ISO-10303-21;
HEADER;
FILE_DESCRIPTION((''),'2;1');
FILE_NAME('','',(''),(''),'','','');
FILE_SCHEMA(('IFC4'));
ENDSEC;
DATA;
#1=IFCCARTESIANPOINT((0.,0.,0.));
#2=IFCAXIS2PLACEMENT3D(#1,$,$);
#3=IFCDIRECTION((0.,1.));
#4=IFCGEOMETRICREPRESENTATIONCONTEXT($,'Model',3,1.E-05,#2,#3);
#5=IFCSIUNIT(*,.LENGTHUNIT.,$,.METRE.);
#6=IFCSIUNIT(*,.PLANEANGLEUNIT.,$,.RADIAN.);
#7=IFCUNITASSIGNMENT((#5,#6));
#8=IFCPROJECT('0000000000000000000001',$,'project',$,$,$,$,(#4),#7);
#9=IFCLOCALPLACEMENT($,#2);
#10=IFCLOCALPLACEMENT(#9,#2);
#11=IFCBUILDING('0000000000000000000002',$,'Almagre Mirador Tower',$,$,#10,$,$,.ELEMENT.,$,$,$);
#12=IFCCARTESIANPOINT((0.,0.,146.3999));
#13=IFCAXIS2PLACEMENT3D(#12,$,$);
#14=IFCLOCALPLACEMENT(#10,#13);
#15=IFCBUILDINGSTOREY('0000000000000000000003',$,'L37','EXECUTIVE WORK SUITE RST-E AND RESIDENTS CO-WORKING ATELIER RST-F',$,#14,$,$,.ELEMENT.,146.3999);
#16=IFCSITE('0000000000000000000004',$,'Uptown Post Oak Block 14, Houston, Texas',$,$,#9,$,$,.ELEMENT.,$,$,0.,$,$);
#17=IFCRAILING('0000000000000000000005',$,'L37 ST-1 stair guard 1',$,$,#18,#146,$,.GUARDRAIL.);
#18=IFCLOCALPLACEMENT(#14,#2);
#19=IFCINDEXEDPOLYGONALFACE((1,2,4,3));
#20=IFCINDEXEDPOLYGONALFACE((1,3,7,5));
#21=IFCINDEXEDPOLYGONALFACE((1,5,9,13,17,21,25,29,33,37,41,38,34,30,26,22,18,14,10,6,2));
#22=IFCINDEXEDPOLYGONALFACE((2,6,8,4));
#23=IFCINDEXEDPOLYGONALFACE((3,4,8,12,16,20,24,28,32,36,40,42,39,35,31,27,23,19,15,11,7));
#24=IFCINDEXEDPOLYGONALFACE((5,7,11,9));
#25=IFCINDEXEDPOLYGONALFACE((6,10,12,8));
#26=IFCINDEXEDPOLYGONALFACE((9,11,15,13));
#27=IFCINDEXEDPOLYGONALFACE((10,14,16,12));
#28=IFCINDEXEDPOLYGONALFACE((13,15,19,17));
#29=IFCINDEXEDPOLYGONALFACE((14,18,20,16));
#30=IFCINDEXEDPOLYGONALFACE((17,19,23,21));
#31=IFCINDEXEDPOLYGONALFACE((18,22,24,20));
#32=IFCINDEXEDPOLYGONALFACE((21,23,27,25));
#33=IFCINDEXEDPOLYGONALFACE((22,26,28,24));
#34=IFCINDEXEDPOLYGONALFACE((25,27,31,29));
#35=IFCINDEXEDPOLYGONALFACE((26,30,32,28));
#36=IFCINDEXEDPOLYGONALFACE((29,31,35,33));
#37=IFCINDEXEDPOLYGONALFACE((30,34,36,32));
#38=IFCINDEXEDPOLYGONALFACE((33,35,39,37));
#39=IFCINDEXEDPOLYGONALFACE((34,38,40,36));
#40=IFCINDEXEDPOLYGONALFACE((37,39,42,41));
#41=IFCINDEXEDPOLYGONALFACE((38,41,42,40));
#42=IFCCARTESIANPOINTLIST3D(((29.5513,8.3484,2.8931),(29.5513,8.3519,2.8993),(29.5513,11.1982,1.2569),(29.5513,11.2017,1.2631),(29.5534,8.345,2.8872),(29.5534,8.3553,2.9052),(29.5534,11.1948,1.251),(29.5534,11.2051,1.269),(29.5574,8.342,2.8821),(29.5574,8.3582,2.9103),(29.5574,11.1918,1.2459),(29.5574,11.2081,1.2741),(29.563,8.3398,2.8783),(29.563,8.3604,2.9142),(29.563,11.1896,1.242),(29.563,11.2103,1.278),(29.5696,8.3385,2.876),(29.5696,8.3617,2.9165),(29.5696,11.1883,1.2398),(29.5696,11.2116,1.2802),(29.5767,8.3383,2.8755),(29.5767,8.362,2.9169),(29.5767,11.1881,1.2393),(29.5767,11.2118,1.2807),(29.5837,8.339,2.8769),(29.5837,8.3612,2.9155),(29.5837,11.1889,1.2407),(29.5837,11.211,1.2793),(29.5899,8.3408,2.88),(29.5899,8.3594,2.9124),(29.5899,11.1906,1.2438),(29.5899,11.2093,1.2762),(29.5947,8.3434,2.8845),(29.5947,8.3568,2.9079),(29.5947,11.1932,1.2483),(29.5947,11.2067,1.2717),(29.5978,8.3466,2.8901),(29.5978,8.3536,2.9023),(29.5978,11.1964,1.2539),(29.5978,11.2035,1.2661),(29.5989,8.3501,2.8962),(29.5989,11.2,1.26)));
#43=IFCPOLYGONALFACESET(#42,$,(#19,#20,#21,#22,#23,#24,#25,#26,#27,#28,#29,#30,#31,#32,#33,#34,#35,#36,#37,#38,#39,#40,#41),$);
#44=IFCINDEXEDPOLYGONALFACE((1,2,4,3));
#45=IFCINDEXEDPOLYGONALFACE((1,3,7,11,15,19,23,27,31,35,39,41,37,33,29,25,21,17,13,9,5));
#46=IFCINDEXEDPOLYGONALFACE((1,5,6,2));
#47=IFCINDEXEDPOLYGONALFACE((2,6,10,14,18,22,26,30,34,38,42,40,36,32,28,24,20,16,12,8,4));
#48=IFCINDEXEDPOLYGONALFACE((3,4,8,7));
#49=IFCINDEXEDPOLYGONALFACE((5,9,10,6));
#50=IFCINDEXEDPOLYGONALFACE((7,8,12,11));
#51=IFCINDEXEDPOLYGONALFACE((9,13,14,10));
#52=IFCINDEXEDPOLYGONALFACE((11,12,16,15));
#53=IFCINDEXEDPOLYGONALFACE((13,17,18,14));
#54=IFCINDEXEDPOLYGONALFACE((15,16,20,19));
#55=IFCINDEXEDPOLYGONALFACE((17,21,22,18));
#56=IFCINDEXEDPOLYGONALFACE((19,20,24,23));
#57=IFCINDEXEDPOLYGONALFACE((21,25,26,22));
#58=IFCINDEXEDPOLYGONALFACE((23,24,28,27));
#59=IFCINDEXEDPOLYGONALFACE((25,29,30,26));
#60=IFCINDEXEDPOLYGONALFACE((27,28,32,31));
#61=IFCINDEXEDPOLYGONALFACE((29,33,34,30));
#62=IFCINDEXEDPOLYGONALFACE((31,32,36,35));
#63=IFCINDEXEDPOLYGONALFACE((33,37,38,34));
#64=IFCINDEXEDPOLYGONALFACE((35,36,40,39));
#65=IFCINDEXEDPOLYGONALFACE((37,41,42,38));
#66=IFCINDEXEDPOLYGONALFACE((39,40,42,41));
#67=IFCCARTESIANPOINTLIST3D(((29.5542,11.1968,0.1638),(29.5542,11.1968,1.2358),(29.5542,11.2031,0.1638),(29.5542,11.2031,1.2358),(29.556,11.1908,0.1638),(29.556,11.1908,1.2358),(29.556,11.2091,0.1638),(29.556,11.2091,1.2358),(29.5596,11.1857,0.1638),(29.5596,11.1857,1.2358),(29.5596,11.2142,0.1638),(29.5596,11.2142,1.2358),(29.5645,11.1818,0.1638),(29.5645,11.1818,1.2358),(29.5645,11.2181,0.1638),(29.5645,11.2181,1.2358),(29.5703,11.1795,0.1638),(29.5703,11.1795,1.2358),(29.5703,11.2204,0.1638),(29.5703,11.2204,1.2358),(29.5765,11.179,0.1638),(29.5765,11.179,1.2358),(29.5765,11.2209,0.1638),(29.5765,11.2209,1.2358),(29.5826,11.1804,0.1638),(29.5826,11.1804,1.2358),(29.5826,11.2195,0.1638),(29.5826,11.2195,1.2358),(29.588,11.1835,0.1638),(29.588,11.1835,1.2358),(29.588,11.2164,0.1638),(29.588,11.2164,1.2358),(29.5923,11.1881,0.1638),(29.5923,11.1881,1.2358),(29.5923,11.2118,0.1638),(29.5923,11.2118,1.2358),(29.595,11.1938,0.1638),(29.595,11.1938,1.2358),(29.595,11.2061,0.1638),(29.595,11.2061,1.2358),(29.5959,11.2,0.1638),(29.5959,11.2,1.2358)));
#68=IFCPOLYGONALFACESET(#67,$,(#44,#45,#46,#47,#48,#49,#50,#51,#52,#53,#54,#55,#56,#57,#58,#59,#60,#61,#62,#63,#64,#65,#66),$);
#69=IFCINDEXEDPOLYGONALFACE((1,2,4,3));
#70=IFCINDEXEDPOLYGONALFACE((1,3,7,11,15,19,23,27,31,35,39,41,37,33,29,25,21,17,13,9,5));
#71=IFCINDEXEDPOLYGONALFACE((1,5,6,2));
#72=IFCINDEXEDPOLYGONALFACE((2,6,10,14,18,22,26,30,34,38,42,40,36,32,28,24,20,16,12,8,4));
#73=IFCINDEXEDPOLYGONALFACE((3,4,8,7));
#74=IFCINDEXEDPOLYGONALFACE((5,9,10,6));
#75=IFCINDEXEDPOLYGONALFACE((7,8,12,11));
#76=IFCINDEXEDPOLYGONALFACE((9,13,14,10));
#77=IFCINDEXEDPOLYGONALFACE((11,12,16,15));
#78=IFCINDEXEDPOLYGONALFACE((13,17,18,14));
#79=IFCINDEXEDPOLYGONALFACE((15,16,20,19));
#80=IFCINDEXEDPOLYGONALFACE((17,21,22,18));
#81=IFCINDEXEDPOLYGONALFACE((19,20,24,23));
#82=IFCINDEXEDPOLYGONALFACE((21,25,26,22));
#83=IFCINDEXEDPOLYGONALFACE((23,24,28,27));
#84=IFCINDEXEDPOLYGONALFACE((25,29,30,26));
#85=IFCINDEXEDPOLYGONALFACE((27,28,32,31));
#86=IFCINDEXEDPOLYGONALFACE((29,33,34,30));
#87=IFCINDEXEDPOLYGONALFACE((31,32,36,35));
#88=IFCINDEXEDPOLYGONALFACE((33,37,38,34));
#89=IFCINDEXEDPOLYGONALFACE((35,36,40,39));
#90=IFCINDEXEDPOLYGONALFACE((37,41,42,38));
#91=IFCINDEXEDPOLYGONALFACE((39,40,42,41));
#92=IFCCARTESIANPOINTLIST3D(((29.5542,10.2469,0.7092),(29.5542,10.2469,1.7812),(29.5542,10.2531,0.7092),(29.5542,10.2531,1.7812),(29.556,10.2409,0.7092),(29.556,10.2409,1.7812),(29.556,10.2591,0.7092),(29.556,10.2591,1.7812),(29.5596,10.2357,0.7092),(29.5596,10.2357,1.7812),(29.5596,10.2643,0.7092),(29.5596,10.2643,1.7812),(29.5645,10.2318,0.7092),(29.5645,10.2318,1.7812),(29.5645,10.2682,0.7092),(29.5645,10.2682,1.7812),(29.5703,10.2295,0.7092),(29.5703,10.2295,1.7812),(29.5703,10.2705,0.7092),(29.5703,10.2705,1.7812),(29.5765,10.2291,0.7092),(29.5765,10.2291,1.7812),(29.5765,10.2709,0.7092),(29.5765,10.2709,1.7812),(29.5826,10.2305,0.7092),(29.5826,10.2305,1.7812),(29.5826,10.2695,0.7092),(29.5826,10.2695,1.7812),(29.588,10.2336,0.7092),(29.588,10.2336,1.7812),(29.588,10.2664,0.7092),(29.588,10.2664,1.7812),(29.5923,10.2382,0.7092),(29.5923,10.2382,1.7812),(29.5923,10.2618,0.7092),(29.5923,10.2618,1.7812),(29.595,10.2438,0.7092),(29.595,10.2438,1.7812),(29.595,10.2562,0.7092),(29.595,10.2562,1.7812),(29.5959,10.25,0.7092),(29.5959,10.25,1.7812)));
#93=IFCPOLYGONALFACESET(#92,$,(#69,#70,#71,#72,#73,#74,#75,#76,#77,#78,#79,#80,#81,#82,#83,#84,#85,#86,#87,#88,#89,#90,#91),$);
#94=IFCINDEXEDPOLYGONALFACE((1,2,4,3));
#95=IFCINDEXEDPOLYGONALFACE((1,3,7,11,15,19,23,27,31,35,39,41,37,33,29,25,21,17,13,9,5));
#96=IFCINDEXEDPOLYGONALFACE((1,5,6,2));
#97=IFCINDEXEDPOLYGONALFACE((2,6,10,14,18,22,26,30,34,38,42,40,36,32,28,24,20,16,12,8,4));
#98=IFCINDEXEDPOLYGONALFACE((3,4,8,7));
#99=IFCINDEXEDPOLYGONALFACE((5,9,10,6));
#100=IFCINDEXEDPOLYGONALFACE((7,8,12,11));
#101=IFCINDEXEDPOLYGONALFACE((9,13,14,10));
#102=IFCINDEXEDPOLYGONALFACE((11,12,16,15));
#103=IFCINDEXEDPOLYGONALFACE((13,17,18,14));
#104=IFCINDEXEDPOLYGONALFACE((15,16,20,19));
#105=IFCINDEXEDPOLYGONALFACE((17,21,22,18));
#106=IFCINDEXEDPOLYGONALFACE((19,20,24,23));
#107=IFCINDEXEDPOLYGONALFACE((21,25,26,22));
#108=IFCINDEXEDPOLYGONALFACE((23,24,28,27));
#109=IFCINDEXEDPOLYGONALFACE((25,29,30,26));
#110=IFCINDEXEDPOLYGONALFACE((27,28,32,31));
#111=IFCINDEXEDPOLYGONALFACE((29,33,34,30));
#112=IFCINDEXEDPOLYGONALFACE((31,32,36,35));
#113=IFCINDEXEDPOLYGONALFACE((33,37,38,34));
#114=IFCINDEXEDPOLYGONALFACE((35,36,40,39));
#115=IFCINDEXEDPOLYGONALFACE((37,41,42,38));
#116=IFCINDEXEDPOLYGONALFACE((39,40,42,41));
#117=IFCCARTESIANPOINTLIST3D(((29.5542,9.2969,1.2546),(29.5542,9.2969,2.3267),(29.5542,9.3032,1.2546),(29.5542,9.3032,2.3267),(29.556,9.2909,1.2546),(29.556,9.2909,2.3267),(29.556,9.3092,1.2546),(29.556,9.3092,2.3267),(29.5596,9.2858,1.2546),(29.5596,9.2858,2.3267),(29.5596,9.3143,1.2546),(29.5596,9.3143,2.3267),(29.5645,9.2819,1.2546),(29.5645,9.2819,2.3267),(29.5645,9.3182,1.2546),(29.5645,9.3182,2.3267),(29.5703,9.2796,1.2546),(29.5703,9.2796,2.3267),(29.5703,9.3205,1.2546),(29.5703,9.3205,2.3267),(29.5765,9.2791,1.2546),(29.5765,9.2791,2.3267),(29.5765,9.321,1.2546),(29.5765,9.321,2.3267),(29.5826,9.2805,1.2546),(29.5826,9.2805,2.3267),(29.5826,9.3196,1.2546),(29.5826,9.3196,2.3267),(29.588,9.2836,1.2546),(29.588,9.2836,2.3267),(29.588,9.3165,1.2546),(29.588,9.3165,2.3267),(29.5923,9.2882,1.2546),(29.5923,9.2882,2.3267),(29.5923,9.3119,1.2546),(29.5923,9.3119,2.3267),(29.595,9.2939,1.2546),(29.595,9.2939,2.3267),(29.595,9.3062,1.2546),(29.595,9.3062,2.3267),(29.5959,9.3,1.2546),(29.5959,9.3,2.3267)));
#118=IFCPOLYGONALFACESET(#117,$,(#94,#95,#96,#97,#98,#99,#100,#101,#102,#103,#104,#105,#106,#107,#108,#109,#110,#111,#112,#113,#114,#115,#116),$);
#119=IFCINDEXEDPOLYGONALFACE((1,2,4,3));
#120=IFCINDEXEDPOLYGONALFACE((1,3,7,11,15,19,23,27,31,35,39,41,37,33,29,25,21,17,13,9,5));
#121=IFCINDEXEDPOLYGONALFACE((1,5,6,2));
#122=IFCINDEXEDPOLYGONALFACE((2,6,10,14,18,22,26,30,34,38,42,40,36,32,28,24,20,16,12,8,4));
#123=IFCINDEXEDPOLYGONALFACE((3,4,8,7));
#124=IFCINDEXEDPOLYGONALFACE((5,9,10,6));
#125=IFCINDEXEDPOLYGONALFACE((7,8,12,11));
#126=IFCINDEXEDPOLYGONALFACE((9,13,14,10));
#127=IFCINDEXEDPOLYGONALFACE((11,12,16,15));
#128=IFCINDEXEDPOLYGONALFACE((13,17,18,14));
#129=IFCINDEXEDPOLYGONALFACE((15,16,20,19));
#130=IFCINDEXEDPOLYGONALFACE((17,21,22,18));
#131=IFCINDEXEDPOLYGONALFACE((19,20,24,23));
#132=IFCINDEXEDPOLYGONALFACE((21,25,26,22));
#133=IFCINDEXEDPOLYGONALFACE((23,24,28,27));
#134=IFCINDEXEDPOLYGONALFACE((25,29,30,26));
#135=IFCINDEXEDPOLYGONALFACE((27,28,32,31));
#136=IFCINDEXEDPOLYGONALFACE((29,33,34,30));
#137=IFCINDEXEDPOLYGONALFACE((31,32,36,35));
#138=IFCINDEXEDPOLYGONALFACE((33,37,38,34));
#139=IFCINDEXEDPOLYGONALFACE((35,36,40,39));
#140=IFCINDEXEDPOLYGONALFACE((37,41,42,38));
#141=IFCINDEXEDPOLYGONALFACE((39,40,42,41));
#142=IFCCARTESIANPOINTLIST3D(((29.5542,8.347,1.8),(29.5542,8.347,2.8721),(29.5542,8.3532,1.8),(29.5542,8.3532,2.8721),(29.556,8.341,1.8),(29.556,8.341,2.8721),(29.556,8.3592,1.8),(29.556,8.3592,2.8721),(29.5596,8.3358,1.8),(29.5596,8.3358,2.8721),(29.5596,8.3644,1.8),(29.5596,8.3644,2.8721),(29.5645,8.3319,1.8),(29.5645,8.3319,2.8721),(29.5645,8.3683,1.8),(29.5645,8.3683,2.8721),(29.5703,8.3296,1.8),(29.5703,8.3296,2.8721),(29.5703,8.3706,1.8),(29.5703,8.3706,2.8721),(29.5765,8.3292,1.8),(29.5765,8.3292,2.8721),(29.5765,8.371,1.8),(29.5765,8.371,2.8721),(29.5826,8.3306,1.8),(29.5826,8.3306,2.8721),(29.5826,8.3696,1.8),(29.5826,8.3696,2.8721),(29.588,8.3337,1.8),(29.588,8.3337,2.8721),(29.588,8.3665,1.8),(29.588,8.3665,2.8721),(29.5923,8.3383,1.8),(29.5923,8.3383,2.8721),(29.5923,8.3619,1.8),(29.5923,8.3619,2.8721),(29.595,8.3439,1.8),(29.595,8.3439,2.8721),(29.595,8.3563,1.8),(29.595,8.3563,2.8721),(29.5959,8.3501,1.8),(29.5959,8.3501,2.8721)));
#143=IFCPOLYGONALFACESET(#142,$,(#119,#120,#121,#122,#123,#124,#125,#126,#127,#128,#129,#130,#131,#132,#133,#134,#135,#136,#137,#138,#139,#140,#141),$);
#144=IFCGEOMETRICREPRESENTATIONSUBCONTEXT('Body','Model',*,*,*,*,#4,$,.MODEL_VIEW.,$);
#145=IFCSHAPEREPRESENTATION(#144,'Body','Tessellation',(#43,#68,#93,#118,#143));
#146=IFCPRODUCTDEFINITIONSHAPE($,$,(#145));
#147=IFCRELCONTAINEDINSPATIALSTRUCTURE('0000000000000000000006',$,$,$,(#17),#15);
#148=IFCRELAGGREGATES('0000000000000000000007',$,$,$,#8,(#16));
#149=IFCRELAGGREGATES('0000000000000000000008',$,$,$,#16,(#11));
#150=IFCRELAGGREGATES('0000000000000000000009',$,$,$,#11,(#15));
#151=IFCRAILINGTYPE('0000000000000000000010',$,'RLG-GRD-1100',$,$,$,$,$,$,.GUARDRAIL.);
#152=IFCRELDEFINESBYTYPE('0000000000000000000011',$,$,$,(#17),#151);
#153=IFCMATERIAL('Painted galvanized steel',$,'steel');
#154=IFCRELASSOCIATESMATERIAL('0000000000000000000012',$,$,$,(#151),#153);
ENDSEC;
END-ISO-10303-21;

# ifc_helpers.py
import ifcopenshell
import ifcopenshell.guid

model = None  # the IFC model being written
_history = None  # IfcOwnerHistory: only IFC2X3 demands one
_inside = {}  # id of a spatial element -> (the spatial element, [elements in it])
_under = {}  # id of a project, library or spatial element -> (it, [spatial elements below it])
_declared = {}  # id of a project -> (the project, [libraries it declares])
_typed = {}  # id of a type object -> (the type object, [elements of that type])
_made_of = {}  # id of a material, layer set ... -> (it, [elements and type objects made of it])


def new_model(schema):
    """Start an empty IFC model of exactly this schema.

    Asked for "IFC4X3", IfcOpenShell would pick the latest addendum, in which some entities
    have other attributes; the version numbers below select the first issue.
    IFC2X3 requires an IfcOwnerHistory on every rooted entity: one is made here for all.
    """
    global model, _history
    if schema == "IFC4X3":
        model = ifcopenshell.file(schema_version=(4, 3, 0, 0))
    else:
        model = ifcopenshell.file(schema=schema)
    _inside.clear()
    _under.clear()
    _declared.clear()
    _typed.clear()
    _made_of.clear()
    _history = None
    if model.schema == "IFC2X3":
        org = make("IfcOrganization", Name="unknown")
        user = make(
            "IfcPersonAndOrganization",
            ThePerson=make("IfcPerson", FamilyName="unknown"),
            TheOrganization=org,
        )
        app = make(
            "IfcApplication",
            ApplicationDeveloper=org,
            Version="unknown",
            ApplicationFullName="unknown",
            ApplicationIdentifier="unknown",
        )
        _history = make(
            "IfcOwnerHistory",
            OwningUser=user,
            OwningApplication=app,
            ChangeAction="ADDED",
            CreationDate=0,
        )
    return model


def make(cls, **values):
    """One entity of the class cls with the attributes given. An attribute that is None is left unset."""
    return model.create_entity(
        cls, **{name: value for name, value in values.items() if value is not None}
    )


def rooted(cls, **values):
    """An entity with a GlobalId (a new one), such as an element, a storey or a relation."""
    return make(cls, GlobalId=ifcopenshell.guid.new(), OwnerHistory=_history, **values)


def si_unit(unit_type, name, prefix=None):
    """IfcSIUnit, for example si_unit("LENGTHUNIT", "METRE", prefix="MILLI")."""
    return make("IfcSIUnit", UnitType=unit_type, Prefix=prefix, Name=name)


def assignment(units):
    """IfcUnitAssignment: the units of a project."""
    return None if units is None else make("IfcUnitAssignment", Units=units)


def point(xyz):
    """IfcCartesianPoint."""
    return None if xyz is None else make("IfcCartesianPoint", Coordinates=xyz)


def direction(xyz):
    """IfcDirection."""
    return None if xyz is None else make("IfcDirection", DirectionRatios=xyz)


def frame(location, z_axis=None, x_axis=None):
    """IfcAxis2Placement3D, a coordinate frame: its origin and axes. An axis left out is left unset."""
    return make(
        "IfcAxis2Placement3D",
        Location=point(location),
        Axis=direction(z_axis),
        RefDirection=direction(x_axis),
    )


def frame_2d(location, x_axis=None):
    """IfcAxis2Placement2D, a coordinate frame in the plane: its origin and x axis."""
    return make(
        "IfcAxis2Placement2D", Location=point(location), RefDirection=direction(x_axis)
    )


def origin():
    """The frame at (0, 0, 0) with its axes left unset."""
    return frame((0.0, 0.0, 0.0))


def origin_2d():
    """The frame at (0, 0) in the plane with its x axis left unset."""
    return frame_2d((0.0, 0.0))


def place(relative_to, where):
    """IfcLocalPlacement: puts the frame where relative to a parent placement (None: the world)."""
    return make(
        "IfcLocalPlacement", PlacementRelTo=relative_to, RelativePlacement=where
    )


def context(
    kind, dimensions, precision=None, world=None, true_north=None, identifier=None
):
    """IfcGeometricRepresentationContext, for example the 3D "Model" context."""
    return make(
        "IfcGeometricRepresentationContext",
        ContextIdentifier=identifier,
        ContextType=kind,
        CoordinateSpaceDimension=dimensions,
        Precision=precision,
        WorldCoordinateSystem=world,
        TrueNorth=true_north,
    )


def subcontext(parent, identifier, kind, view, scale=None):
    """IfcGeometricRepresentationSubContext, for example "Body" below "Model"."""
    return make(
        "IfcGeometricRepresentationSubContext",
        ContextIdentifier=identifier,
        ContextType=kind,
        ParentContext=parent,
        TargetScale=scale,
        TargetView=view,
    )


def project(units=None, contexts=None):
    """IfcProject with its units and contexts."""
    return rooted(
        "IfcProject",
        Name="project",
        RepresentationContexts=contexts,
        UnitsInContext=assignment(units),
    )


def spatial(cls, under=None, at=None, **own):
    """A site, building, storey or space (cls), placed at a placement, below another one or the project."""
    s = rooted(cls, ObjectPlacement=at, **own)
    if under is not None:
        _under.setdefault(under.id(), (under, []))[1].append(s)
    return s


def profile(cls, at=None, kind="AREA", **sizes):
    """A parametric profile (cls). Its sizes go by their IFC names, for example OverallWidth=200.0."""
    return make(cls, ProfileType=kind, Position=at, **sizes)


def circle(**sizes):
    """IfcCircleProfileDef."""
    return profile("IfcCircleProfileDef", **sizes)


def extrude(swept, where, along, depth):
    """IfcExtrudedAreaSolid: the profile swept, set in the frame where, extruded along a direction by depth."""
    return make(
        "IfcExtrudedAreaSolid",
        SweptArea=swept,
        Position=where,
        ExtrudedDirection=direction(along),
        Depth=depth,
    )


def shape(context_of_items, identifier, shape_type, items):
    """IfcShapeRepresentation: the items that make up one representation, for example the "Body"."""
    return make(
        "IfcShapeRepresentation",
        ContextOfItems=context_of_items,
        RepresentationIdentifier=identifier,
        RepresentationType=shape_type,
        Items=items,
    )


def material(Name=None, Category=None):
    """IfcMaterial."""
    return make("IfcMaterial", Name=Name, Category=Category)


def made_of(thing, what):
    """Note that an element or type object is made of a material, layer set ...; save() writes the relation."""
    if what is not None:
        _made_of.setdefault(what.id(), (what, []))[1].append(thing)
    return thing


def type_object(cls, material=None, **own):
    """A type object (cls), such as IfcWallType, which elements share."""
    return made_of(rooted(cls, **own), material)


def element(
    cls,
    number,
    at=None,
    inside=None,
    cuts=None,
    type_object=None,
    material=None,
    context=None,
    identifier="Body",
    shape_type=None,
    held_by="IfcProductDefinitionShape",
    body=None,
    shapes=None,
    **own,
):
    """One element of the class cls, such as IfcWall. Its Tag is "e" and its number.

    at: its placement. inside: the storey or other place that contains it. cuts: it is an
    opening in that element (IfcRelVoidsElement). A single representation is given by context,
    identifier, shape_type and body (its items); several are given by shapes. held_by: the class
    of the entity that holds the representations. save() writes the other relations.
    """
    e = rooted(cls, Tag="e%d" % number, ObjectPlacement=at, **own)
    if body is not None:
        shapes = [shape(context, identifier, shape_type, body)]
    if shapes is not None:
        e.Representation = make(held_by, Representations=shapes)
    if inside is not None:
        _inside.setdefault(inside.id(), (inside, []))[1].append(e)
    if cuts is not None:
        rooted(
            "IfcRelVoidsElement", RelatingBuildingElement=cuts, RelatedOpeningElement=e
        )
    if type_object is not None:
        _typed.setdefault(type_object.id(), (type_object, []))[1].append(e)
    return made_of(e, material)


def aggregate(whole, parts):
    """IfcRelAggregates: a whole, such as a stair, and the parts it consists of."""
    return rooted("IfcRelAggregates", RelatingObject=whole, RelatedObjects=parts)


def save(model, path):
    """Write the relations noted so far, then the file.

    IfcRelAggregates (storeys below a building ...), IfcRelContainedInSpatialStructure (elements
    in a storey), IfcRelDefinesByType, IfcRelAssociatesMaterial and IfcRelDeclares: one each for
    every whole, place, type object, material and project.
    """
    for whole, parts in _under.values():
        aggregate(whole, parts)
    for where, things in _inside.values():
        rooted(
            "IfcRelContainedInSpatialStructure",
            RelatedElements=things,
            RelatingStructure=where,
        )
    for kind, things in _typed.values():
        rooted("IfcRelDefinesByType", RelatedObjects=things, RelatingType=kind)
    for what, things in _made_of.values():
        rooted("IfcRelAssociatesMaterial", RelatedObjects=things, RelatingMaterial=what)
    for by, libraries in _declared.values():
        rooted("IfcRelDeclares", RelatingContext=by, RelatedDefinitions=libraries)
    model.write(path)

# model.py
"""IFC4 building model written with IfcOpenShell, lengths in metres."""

from ifc_helpers import new_model, si_unit, direction, frame, origin, origin_2d, place, context, subcontext, project, spatial, circle, extrude, material, type_object, element, save


model = new_model("IFC4")

# Units and contexts
model_context = context("Model", 3, precision=1e-05, world=origin(), true_north=direction((0.0, 1.0)))
body_context = subcontext(model_context, "Body", "Model", "MODEL_VIEW")
ifc_project = project(units=[si_unit("LENGTHUNIT", "METRE"), si_unit("PLANEANGLEUNIT", "RADIAN")], contexts=[model_context])

# Site, building, storey
site_placement = place(None, origin())
site = spatial("IfcSite", under=ifc_project, at=site_placement, Name="Uptown Post Oak Block 14, Houston, Texas", CompositionType="ELEMENT", RefElevation=0.0)
building_placement = place(site_placement, origin())
building = spatial("IfcBuilding", under=site, at=building_placement, Name="Almagre Mirador Tower", CompositionType="ELEMENT")
storey_placement = place(building_placement, frame((0.0, 0.0, 146.3999)))
storey = spatial("IfcBuildingStorey", under=building, at=storey_placement, Name="L37", Description="EXECUTIVE WORK SUITE RST-E AND RESIDENTS CO-WORKING ATELIER RST-F", CompositionType="ELEMENT", Elevation=146.3999)

# Railing
ifc_material_1 = material(Name="Painted galvanized steel", Category="steel")
railing_type_1 = type_object("IfcRailingType", Name="RLG-GRD-1100", PredefinedType="GUARDRAIL", material=ifc_material_1)
railing_1_placement = place(storey_placement, frame((29.575, 11.2, 0.1638)))
element("IfcRailing", 1, at=railing_1_placement, inside=storey, type_object=railing_type_1, Name="L37 ST-1 stair guard 1", PredefinedType="GUARDRAIL", context=body_context, shape_type="SweptSolid", body=[
    extrude(circle(Radius=0.0239, at=origin_2d()), frame((0.0, 0.0, 1.0962), z_axis=(0.0, -0.867226, 0.497914), x_axis=(1.0, 0.0, 0.0)), (0.0, 0.0, 1.0), 3.2861),
    extrude(circle(Radius=0.021, at=origin_2d()), origin(), (0.0, 0.0, 1.0), 1.072),
    extrude(circle(Radius=0.021, at=origin_2d()), frame((0.0, -0.95, 0.5454)), (0.0, 0.0, 1.0), 1.072),
    extrude(circle(Radius=0.021, at=origin_2d()), frame((0.0, -1.8999, 1.0908)), (0.0, 0.0, 1.0), 1.072),
    extrude(circle(Radius=0.021, at=origin_2d()), frame((0.0, -2.8499, 1.6362)), (0.0, 0.0, 1.0), 1.072),
])

save(model, "model.ifc")
